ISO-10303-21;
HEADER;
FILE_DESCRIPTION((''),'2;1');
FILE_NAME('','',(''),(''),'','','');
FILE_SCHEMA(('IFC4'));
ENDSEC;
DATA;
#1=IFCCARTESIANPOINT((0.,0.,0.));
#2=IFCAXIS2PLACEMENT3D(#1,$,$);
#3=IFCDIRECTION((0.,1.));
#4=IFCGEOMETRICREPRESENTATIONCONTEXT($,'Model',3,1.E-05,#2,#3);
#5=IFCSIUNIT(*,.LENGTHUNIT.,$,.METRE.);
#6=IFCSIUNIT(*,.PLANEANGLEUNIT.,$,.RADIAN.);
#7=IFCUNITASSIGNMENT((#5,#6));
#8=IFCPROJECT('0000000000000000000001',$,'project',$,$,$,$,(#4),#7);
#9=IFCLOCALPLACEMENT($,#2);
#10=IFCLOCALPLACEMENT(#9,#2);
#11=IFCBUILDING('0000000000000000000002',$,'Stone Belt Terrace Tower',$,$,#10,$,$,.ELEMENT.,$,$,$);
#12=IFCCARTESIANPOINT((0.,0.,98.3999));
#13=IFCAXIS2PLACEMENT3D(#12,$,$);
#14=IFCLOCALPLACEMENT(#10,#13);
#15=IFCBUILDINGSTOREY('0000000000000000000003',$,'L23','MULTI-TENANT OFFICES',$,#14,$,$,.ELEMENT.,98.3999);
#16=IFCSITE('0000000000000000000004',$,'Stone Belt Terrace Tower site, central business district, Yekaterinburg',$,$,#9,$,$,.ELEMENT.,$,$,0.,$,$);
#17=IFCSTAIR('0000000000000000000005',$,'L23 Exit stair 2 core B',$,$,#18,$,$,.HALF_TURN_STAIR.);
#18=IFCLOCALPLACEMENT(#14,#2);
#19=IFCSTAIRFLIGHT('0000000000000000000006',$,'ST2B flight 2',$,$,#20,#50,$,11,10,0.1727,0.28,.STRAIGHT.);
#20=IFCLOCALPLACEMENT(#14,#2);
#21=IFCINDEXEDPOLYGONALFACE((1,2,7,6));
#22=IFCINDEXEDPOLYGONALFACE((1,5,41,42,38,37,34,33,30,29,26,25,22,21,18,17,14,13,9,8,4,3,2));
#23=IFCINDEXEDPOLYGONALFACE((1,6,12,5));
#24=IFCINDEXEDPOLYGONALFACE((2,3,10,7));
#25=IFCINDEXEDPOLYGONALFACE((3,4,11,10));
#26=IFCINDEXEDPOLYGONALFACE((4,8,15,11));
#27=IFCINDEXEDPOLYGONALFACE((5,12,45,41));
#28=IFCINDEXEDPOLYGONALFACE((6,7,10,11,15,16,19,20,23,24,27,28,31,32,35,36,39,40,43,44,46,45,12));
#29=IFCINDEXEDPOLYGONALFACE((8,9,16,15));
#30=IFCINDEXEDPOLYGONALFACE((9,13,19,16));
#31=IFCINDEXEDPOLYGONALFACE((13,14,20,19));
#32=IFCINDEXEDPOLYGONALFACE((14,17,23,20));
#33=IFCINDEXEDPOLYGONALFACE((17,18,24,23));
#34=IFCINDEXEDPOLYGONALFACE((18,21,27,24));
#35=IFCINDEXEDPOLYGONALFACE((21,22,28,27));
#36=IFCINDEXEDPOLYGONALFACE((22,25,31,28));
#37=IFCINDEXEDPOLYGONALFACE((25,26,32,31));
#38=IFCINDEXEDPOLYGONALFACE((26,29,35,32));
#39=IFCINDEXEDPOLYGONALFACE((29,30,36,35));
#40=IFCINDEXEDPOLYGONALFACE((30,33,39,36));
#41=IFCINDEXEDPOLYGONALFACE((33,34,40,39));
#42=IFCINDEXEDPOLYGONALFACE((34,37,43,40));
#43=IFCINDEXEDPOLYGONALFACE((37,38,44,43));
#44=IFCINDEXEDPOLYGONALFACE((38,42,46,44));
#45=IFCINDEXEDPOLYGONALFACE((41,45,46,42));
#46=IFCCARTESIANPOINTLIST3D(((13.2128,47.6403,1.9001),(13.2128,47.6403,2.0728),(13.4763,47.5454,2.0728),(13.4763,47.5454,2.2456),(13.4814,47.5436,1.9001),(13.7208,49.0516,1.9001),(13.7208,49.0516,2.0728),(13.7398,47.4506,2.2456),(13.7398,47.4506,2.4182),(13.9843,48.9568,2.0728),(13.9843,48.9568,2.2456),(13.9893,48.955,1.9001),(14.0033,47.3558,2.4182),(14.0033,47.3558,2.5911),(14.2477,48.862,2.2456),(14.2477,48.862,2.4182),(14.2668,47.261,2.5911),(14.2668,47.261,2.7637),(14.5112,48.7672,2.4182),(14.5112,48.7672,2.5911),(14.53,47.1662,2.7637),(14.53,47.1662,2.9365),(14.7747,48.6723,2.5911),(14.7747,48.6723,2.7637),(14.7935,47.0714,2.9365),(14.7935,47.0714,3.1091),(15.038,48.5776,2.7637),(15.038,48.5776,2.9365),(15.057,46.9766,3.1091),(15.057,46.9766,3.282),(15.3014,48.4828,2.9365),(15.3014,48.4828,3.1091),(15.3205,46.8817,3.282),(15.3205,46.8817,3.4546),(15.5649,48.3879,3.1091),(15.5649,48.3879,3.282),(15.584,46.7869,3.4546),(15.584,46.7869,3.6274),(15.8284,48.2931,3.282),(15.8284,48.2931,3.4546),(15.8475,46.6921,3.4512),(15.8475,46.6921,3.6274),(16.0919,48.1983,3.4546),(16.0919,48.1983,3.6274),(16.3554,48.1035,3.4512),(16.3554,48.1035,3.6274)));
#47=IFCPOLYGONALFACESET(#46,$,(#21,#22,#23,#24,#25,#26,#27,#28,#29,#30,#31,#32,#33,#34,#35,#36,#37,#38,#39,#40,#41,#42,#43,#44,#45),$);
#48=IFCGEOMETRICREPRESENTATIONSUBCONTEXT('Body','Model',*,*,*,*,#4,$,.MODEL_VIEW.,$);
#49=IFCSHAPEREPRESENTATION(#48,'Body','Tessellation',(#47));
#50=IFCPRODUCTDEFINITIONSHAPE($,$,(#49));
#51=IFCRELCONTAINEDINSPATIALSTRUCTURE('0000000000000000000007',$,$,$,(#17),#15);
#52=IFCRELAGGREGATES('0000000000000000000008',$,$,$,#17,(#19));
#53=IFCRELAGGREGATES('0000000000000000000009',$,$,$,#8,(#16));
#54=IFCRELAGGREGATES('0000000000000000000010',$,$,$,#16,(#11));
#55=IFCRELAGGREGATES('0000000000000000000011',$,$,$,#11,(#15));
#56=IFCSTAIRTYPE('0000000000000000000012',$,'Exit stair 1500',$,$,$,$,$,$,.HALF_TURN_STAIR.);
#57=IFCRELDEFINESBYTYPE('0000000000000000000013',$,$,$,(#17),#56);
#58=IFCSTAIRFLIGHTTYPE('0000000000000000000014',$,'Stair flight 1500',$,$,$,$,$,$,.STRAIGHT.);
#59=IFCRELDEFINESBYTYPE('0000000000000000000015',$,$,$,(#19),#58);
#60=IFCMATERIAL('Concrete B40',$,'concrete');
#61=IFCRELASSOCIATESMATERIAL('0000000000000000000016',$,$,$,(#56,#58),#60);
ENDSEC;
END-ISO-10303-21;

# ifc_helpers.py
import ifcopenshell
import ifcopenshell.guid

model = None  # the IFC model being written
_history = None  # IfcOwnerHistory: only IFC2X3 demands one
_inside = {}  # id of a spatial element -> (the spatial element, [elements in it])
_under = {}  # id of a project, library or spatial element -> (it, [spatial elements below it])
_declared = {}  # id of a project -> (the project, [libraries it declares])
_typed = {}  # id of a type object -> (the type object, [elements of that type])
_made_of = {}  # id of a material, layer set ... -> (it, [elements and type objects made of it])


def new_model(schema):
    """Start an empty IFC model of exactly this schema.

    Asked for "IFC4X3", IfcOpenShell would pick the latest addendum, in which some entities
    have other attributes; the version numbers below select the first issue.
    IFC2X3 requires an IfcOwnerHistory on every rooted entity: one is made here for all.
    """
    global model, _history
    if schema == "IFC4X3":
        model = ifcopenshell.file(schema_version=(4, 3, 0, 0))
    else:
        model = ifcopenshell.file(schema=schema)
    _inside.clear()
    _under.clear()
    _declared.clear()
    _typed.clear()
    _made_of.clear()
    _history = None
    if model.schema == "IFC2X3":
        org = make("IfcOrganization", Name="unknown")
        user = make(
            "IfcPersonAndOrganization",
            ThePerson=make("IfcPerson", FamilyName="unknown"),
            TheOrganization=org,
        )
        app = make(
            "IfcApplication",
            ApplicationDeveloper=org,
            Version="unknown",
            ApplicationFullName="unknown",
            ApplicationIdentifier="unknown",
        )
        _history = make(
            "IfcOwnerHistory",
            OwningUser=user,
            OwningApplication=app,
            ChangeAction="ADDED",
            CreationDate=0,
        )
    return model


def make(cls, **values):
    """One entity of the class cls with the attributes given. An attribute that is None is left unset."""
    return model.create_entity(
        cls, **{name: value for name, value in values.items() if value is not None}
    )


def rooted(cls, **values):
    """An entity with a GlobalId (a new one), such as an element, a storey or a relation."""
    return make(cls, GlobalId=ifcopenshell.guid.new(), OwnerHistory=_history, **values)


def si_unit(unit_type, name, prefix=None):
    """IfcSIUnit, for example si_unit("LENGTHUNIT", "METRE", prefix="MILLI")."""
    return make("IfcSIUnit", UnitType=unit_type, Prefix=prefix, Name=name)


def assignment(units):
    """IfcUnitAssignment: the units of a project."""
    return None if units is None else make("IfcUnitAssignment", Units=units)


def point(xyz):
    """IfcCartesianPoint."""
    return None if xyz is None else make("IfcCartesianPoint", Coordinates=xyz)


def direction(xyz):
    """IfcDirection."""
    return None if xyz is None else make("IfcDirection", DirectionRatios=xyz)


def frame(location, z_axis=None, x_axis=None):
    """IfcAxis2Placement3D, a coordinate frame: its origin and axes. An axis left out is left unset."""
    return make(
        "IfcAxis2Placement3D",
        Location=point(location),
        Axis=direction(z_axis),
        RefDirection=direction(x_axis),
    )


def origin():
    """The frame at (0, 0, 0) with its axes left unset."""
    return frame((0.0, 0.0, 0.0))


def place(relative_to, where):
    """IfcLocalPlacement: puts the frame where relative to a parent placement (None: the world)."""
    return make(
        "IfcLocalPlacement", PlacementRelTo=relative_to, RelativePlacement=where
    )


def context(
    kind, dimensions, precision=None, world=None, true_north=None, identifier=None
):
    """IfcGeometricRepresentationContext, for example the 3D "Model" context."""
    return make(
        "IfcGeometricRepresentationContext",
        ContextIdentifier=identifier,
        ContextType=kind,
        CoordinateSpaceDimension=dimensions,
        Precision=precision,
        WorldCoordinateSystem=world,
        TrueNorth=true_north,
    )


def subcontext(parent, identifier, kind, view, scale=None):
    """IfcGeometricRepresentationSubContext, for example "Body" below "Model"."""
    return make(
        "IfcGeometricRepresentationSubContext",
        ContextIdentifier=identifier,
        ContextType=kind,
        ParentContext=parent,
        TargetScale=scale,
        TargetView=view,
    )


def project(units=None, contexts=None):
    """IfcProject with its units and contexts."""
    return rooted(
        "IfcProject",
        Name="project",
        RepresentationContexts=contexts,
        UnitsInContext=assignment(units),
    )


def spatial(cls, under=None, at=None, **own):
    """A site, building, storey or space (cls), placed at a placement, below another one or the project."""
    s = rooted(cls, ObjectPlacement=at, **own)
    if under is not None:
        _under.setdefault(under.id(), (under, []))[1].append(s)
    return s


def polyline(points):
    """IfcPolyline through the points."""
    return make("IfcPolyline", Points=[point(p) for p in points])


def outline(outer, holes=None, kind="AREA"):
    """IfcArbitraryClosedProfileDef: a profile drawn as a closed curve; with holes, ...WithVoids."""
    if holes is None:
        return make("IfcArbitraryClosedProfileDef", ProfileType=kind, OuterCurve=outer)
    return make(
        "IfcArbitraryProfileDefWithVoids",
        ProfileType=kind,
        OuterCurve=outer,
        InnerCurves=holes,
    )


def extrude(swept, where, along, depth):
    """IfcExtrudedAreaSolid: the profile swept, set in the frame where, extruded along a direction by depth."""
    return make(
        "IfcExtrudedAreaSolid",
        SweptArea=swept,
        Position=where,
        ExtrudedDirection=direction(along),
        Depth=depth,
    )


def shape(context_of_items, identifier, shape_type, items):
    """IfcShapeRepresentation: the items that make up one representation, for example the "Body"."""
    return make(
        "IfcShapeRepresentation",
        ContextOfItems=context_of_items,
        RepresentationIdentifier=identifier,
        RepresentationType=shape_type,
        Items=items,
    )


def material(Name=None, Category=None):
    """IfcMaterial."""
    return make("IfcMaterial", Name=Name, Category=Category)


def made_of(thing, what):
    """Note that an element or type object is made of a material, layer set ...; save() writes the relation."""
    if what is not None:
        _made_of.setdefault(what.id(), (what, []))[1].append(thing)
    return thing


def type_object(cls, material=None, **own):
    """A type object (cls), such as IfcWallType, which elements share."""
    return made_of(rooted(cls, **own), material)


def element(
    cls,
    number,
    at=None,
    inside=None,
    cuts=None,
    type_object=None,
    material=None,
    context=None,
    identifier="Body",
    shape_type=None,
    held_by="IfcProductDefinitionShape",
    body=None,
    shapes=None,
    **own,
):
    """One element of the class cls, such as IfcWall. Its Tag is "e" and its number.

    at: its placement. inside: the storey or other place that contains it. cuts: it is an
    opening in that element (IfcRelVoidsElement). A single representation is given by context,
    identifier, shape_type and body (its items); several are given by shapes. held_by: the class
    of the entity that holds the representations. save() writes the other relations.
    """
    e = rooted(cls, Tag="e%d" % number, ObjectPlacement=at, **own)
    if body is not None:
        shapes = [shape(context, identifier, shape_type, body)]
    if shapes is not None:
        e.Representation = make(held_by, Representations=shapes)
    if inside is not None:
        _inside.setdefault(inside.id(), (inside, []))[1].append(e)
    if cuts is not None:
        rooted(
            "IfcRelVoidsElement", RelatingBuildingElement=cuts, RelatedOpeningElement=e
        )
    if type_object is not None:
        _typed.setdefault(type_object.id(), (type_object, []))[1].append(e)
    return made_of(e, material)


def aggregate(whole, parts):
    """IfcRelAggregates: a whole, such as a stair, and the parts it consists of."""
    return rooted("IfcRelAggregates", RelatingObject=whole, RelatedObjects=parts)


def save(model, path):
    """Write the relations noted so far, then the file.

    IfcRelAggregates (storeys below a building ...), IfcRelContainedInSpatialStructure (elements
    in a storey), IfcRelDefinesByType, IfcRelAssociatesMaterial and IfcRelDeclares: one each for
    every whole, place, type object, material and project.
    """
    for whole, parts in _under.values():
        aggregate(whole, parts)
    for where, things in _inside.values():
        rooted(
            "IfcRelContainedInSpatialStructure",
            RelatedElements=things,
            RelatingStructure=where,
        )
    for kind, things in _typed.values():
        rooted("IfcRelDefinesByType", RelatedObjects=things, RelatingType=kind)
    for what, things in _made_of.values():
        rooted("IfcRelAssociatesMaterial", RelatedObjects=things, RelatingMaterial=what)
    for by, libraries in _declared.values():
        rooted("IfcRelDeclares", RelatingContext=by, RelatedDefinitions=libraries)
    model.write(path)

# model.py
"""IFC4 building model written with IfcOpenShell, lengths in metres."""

from ifc_helpers import new_model, si_unit, direction, frame, origin, place, context, subcontext, project, spatial, polyline, outline, extrude, material, type_object, element, aggregate, save


model = new_model("IFC4")

# Units and contexts
model_context = context("Model", 3, precision=1e-05, world=origin(), true_north=direction((0.0, 1.0)))
body_context = subcontext(model_context, "Body", "Model", "MODEL_VIEW")
ifc_project = project(units=[si_unit("LENGTHUNIT", "METRE"), si_unit("PLANEANGLEUNIT", "RADIAN")], contexts=[model_context])

# Site, building, storey
site_placement = place(None, origin())
site = spatial("IfcSite", under=ifc_project, at=site_placement, Name="Stone Belt Terrace Tower site, central business district, Yekaterinburg", CompositionType="ELEMENT", RefElevation=0.0)
building_placement = place(site_placement, origin())
building = spatial("IfcBuilding", under=site, at=building_placement, Name="Stone Belt Terrace Tower", CompositionType="ELEMENT")
storey_placement = place(building_placement, frame((0.0, 0.0, 98.3999)))
storey = spatial("IfcBuildingStorey", under=building, at=storey_placement, Name="L23", Description="MULTI-TENANT OFFICES", CompositionType="ELEMENT", Elevation=98.3999)

# Stair, stair flight
ifc_material_1 = material(Name="Concrete B40", Category="concrete")
stair_type = type_object("IfcStairType", Name="Exit stair 1500", PredefinedType="HALF_TURN_STAIR", material=ifc_material_1)
stair_placement = place(storey_placement, origin())
stair = element("IfcStair", 1, at=stair_placement, inside=storey, type_object=stair_type, Name="L23 Exit stair 2 core B", PredefinedType="HALF_TURN_STAIR")
stair_flight_type = type_object("IfcStairFlightType", Name="Stair flight 1500", PredefinedType="STRAIGHT", material=ifc_material_1)
stair_flight_1_placement = place(storey_placement, frame((13.4668, 48.3459, 1.9001), z_axis=(0.0, 0.0, 1.0), x_axis=(0.940922, -0.338624, 0.0)))
stair_flight_1 = element("IfcStairFlight", 2, at=stair_flight_1_placement, type_object=stair_flight_type, Name="ST2B flight 2", NumberOfRisers=11, NumberOfTreads=10, PredefinedType="STRAIGHT", RiserHeight=0.1727, TreadLength=0.28, context=body_context, shape_type="SweptSolid", body=[
    extrude(outline(polyline([(0.0, 0.0), (0.0, 0.1726), (0.28, 0.1726), (0.28, 0.3455), (0.5601, 0.3455), (0.5601, 0.5181), (0.8401, 0.5181), (0.8401, 0.6909), (1.1201, 0.6909), (1.1201, 0.8635), (1.3999, 0.8635), (1.3999, 1.0364), (1.6799, 1.0364), (1.6799, 1.209), (1.96, 1.209), (1.96, 1.3818), (2.24, 1.3818), (2.24, 1.5544), (2.52, 1.5544), (2.52, 1.7273), (2.8, 1.7273), (2.8, 1.8999), (2.8, 1.551), (0.2854, 0.0), (0.0, 0.0)])), frame((0.0, 0.75, 0.0), z_axis=(0.0, -1.0, 0.0), x_axis=(1.0, 0.0, 0.0)), (0.0, 0.0, 1.0), 1.5),
])
aggregate(stair, [stair_flight_1])

save(model, "model.ifc")
